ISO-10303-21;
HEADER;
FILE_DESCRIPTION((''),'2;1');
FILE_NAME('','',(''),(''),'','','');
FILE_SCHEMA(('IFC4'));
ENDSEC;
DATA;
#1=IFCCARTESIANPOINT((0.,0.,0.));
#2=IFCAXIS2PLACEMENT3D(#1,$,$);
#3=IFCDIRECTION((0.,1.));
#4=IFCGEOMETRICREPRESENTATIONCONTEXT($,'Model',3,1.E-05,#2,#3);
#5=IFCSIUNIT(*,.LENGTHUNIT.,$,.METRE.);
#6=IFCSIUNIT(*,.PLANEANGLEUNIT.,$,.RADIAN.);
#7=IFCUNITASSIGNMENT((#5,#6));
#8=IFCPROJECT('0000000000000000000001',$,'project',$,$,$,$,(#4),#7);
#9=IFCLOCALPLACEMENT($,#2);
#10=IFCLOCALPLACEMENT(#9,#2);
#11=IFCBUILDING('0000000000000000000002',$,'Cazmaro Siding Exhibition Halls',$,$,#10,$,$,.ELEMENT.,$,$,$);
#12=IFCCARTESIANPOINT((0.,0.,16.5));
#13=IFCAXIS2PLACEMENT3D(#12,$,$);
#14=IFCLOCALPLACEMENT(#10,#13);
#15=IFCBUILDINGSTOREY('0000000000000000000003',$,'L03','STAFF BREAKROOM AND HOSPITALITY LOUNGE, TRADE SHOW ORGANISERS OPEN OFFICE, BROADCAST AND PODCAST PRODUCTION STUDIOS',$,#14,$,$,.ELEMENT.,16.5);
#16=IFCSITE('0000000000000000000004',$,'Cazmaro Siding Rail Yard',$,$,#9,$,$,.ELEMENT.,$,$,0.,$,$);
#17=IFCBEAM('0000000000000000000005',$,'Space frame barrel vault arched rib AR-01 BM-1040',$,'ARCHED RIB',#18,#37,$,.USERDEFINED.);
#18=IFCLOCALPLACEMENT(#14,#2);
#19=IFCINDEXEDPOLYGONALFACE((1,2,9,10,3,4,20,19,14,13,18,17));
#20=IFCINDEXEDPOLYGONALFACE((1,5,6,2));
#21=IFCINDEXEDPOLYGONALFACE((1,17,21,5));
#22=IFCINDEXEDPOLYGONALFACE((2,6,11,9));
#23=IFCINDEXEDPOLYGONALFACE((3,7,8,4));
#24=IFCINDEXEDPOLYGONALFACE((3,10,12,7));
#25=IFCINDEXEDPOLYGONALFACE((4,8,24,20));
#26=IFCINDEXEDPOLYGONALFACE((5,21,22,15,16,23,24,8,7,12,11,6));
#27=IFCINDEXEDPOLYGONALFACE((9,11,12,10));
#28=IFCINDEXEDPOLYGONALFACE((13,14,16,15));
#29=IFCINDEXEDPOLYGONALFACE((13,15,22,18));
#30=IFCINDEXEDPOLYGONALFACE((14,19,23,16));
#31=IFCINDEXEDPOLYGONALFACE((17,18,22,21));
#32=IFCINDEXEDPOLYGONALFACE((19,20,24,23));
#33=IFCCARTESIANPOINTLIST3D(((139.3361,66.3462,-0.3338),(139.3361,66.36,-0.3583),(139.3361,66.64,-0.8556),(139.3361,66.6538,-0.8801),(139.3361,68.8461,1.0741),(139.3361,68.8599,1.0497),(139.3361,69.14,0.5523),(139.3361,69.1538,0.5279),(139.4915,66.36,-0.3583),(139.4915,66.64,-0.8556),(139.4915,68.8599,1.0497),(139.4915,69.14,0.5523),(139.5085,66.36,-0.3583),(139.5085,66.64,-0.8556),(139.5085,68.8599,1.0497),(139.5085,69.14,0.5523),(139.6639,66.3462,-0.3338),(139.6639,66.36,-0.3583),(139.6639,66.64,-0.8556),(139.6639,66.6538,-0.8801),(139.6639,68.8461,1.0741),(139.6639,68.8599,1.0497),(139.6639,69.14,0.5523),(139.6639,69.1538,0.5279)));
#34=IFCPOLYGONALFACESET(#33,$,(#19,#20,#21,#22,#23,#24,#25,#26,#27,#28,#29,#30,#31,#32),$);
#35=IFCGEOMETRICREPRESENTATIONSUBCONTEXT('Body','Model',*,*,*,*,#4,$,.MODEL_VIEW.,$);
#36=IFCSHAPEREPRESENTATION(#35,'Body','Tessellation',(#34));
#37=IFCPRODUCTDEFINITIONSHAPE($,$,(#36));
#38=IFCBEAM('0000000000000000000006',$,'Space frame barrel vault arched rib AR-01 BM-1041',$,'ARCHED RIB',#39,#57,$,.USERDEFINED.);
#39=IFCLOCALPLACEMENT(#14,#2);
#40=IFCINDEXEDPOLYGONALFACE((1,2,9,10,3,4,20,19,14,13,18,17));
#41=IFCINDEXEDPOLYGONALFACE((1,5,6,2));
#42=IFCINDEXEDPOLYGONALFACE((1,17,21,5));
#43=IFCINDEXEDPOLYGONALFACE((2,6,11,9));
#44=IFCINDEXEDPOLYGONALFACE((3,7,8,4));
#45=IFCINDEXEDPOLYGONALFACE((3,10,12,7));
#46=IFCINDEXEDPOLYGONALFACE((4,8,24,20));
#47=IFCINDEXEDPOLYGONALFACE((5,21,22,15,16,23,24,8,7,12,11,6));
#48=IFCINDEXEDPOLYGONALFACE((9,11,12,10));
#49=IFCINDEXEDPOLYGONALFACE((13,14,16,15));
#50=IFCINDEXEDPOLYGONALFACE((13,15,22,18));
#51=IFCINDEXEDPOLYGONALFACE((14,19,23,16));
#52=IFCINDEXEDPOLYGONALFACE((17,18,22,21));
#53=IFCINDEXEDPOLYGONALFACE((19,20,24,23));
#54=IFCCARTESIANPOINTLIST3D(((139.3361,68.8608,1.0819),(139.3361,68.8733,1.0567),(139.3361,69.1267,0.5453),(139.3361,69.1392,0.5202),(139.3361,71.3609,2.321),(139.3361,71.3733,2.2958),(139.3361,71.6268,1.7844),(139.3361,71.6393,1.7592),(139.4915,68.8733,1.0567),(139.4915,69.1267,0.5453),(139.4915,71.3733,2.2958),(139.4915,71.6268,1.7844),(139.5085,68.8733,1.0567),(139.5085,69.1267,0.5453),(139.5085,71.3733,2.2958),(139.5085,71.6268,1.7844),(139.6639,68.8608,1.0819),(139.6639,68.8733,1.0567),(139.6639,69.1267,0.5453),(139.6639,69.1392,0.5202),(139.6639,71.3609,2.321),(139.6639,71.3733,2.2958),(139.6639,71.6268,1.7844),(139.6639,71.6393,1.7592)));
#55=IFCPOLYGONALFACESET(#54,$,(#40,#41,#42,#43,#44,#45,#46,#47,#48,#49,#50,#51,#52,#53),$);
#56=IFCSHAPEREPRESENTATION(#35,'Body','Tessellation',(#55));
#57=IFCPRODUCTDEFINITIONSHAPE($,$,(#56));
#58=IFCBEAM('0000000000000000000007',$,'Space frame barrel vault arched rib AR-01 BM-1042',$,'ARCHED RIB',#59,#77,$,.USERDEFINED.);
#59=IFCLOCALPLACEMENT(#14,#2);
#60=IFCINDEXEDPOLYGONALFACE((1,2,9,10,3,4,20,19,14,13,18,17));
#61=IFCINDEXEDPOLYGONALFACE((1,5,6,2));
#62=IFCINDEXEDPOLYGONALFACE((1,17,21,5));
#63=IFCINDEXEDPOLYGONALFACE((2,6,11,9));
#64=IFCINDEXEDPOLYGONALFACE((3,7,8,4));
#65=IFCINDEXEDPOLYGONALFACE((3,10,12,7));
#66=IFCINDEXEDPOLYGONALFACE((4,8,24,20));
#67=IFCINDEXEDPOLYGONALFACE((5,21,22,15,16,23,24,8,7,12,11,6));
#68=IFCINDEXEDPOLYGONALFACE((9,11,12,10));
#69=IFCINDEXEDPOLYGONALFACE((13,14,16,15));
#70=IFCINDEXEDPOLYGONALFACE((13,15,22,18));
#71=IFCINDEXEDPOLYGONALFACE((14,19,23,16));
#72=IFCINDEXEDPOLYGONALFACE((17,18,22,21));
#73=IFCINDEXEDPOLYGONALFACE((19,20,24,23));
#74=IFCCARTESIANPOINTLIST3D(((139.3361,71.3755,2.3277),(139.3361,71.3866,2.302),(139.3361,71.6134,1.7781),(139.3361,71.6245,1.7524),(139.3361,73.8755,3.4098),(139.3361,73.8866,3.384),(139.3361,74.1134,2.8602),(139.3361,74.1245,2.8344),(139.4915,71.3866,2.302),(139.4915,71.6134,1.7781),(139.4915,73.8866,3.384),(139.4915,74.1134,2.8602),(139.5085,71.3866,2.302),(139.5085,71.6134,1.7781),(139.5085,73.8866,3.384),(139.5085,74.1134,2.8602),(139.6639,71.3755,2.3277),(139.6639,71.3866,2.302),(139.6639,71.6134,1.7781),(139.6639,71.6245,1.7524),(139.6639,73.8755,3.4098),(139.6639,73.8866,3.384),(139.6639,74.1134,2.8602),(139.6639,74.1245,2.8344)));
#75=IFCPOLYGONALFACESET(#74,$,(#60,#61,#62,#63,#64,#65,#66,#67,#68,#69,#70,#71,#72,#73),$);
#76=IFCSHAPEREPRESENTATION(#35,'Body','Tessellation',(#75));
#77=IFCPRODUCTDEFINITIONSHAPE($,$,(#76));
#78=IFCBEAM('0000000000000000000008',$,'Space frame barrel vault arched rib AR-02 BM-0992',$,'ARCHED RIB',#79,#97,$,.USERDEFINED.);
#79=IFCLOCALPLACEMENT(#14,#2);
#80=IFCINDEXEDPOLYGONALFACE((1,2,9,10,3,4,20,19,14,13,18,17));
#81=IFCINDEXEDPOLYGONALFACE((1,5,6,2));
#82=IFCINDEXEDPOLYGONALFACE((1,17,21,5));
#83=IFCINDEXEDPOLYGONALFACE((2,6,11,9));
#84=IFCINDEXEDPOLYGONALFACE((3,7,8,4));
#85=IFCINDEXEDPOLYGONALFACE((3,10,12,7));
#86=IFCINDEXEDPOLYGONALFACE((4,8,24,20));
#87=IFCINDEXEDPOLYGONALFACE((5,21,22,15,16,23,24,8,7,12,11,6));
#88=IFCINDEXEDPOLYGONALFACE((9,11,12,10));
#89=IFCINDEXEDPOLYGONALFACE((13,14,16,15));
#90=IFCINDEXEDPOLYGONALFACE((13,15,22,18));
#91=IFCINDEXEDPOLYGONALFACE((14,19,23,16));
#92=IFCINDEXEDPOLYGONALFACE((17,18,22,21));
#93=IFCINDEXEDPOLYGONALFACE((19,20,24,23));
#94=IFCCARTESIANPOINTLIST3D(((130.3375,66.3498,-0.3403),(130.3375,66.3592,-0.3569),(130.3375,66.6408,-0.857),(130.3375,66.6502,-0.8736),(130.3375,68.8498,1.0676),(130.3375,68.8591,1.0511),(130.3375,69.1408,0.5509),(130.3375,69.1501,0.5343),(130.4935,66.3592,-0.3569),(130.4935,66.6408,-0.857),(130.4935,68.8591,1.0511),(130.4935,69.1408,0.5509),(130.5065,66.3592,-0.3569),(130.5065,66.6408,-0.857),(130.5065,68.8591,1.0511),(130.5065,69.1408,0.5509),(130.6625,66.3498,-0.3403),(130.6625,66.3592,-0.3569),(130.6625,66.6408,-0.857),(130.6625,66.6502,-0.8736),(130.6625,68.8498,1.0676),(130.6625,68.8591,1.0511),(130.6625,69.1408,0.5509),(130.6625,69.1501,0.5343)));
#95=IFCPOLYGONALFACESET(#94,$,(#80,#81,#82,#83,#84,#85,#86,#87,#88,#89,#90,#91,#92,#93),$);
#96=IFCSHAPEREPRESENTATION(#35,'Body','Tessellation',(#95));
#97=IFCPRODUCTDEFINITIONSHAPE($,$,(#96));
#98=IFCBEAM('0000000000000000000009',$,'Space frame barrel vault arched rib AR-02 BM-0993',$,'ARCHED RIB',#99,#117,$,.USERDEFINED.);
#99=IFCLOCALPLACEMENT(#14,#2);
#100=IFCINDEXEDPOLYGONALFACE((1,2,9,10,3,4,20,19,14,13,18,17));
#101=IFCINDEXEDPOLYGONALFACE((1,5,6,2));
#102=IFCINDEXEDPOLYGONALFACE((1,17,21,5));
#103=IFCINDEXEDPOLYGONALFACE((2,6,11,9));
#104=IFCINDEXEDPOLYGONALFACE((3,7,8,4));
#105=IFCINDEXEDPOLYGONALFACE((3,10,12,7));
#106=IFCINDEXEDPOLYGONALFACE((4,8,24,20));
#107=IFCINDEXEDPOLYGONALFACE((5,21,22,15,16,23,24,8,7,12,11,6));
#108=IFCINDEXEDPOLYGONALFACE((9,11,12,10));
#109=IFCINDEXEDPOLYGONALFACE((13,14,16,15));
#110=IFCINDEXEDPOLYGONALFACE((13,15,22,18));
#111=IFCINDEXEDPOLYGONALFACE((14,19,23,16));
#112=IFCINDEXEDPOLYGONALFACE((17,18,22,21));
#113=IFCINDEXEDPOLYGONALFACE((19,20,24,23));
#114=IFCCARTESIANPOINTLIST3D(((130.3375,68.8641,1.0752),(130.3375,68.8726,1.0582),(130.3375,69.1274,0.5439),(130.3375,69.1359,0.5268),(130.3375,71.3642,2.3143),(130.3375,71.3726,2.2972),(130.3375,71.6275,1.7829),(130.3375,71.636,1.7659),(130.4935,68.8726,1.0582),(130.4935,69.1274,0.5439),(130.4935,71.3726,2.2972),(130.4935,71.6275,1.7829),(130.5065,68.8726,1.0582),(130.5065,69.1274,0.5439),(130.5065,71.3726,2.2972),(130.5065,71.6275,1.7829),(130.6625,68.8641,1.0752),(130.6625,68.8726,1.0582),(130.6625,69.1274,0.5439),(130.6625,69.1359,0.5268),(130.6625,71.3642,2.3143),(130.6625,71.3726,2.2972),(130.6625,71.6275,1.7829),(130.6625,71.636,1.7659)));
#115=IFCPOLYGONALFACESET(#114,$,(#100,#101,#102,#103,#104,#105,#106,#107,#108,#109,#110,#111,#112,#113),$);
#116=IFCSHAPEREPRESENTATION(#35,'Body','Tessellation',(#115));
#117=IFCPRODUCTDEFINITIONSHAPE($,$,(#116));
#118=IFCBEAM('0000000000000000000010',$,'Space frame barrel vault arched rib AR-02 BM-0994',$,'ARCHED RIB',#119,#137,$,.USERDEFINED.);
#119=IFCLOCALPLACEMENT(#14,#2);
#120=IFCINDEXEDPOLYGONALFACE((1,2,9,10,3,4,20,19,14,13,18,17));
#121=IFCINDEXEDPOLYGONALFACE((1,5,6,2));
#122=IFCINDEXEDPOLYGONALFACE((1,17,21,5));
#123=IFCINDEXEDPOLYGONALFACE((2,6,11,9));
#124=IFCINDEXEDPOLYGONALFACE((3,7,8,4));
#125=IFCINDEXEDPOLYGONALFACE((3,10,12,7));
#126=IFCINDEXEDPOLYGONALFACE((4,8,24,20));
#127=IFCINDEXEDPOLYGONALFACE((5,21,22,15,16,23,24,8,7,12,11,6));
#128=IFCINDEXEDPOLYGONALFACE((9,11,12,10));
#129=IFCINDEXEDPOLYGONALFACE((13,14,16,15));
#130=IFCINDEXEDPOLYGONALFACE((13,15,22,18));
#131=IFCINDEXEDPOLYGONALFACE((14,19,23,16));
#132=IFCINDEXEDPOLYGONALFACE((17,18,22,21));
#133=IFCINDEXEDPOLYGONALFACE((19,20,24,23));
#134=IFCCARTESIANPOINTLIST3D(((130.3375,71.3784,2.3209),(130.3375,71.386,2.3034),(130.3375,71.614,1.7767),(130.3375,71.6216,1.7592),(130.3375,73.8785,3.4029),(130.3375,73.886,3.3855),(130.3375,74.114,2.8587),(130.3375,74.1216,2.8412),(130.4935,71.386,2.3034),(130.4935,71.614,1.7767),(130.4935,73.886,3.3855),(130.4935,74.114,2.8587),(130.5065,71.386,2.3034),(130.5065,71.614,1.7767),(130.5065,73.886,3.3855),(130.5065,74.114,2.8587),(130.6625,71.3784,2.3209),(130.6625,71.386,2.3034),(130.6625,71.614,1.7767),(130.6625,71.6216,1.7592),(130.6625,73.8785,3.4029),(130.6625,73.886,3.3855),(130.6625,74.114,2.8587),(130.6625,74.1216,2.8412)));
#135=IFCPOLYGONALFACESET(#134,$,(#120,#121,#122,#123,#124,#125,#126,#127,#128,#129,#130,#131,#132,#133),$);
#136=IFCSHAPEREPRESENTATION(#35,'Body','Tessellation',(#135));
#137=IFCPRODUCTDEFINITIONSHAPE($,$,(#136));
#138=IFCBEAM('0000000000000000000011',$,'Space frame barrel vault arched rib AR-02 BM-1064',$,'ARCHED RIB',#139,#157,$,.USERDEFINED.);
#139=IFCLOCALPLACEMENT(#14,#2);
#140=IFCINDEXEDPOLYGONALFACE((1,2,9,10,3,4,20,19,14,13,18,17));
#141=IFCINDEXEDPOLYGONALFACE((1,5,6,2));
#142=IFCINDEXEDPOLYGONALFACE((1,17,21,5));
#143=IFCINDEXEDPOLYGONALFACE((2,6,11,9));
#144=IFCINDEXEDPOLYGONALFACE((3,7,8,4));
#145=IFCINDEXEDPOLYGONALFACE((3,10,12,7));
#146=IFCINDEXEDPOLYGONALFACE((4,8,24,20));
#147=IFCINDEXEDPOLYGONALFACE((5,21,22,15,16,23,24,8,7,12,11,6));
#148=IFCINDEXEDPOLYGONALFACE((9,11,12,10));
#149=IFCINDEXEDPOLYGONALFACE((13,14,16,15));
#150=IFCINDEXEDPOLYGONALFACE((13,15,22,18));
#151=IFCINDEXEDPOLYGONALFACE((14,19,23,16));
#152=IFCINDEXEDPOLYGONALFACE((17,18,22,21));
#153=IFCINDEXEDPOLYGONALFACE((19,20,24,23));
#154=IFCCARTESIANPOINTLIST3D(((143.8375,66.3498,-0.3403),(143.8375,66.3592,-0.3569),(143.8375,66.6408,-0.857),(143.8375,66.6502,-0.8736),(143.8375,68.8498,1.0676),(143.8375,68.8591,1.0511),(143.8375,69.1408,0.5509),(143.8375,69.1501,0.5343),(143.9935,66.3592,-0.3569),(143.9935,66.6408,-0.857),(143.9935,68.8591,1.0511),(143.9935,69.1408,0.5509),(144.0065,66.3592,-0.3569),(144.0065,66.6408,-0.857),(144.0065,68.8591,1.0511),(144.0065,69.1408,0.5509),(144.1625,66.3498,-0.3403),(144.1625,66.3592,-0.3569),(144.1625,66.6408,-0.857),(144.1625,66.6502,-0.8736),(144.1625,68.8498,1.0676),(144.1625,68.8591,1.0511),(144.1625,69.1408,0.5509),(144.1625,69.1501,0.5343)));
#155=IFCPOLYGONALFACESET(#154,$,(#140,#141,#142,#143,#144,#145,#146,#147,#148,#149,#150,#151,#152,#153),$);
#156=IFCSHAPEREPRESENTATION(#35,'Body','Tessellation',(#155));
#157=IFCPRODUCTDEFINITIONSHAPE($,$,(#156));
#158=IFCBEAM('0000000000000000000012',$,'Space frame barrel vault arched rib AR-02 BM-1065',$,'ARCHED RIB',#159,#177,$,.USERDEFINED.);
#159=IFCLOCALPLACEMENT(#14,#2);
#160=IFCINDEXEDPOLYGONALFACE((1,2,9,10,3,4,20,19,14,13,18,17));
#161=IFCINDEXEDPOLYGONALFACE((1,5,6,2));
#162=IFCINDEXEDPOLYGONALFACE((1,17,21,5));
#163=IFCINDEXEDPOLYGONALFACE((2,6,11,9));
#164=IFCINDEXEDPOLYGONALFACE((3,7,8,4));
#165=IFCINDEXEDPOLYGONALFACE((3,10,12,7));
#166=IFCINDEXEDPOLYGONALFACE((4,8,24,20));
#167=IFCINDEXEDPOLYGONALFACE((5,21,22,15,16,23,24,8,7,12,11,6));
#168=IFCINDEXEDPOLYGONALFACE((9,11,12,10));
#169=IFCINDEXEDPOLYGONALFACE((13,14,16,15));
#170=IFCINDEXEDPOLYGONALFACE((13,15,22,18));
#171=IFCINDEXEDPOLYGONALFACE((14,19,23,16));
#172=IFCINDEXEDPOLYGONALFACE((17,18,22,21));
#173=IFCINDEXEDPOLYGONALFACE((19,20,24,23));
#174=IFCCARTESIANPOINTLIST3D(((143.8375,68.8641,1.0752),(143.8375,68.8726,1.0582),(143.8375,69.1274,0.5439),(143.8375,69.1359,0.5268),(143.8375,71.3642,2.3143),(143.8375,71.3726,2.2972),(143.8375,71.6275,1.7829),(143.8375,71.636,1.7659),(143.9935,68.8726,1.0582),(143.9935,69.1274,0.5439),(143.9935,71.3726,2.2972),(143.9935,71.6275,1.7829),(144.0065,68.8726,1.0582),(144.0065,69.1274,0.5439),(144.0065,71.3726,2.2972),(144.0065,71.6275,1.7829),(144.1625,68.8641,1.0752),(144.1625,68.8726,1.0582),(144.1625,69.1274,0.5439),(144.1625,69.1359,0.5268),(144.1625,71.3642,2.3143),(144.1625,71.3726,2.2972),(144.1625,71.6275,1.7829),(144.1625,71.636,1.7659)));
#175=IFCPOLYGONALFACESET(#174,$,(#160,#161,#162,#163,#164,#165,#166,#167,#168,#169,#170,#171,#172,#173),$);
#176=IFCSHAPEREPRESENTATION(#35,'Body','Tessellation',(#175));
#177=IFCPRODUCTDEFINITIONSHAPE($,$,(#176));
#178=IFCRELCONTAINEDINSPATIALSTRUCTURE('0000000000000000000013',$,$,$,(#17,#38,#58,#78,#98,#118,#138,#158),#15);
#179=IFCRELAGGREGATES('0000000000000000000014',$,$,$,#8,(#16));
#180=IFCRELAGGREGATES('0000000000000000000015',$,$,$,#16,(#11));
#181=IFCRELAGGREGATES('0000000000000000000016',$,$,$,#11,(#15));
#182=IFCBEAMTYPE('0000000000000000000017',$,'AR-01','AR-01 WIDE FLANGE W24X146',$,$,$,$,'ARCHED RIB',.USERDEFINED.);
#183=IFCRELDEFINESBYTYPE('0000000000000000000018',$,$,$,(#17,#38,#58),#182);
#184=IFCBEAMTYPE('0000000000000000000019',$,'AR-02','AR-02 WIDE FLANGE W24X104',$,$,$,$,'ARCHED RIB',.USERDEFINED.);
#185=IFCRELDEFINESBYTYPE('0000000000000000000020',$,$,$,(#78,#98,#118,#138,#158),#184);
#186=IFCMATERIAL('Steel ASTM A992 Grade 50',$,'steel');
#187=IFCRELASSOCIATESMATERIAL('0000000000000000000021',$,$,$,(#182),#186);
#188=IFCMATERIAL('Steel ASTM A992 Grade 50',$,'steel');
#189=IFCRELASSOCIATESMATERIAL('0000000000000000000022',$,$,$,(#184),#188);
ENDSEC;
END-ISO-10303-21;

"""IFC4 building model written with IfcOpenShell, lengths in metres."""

from ifc_helpers import new_model, si_unit, direction, frame, origin, origin_2d, place, context, subcontext, project, spatial, i_section, extrude, material, material_profile, profile_set, type_object, element, save


model = new_model("IFC4")

# Units and contexts
model_context = context("Model", 3, precision=1e-05, world=origin(), true_north=direction((0.0, 1.0)))
body_context = subcontext(model_context, "Body", "Model", "MODEL_VIEW")
ifc_project = project(units=[si_unit("LENGTHUNIT", "METRE"), si_unit("PLANEANGLEUNIT", "RADIAN")], contexts=[model_context])

# Site, building, storey
site_placement = place(None, origin())
site = spatial("IfcSite", under=ifc_project, at=site_placement, Name="Cazmaro Siding Rail Yard", CompositionType="ELEMENT", RefElevation=0.0)
building_placement = place(site_placement, origin())
building = spatial("IfcBuilding", under=site, at=building_placement, Name="Cazmaro Siding Exhibition Halls", CompositionType="ELEMENT")
storey_placement = place(building_placement, frame((0.0, 0.0, 16.5)))
storey = spatial("IfcBuildingStorey", under=building, at=storey_placement, Name="L03", Description="STAFF BREAKROOM AND HOSPITALITY LOUNGE, TRADE SHOW ORGANISERS OPEN OFFICE, BROADCAST AND PODCAST PRODUCTION STUDIOS", CompositionType="ELEMENT", Elevation=16.5)

# Beams
ifc_material_1 = material(Name="Steel ASTM A992 Grade 50", Category="steel")
ifc_material_profile_1 = material_profile(ifc_material_1, i_section(OverallWidth=0.3279, OverallDepth=0.627, WebThickness=0.0171, FlangeThickness=0.0281, at=origin_2d()), Name="W24X146")
ifc_profile_set_1 = profile_set([ifc_material_profile_1], Name="Steel ASTM A992 Grade 50")
beam_type_1 = type_object("IfcBeamType", Name="AR-01", Description="AR-01 WIDE FLANGE W24X146", ElementType="ARCHED RIB", PredefinedType="USERDEFINED", material=ifc_profile_set_1)
beam_1_placement = place(storey_placement, frame((139.5, 66.5, -0.6069), z_axis=(0.0, 0.871321, 0.490714), x_axis=(-1.0, 0.0, 0.0)))
element("IfcBeam", 1, at=beam_1_placement, inside=storey, type_object=beam_type_1, Name="Space frame barrel vault arched rib AR-01 BM-1040", ObjectType="ARCHED RIB", PredefinedType="USERDEFINED", context=body_context, shape_type="SweptSolid", body=[
    extrude(i_section(OverallWidth=0.3279, OverallDepth=0.627, WebThickness=0.0171, FlangeThickness=0.0281, at=origin_2d()), origin(), (0.0, 0.0, 1.0), 2.8691),
])
beam_2_placement = place(storey_placement, frame((139.5, 69.0, 0.801), z_axis=(0.0, 0.895997, 0.444061), x_axis=(-1.0, 0.0, 0.0)))
element("IfcBeam", 2, at=beam_2_placement, inside=storey, type_object=beam_type_1, Name="Space frame barrel vault arched rib AR-01 BM-1041", ObjectType="ARCHED RIB", PredefinedType="USERDEFINED", context=body_context, shape_type="SweptSolid", body=[
    extrude(i_section(OverallWidth=0.3279, OverallDepth=0.627, WebThickness=0.0171, FlangeThickness=0.0281, at=origin_2d()), origin(), (0.0, 0.0, 1.0), 2.7903),
])
beam_3_placement = place(storey_placement, frame((139.5, 71.5, 2.04), z_axis=(0.0, 0.91773, 0.397205), x_axis=(-1.0, 0.0, 0.0)))
element("IfcBeam", 3, at=beam_3_placement, inside=storey, type_object=beam_type_1, Name="Space frame barrel vault arched rib AR-01 BM-1042", ObjectType="ARCHED RIB", PredefinedType="USERDEFINED", context=body_context, shape_type="SweptSolid", body=[
    extrude(i_section(OverallWidth=0.3279, OverallDepth=0.627, WebThickness=0.0171, FlangeThickness=0.0281, at=origin_2d()), origin(), (0.0, 0.0, 1.0), 2.7241),
])
ifc_material_2 = material(Name="Steel ASTM A992 Grade 50", Category="steel")
ifc_material_profile_2 = material_profile(ifc_material_2, i_section(OverallWidth=0.325, OverallDepth=0.6121, WebThickness=0.0129, FlangeThickness=0.019, at=origin_2d()), Name="W24X104")
ifc_profile_set_2 = profile_set([ifc_material_profile_2], Name="Steel ASTM A992 Grade 50")
beam_type_2 = type_object("IfcBeamType", Name="AR-02", Description="AR-02 WIDE FLANGE W24X104", ElementType="ARCHED RIB", PredefinedType="USERDEFINED", material=ifc_profile_set_2)
beam_4_placement = place(storey_placement, frame((130.5, 66.5, -0.6069), z_axis=(0.0, 0.871321, 0.490714), x_axis=(-1.0, 0.0, 0.0)))
element("IfcBeam", 4, at=beam_4_placement, inside=storey, type_object=beam_type_2, Name="Space frame barrel vault arched rib AR-02 BM-0992", ObjectType="ARCHED RIB", PredefinedType="USERDEFINED", context=body_context, shape_type="SweptSolid", body=[
    extrude(i_section(OverallWidth=0.325, OverallDepth=0.6121, WebThickness=0.0129, FlangeThickness=0.019, at=origin_2d()), origin(), (0.0, 0.0, 1.0), 2.8691),
])
beam_5_placement = place(storey_placement, frame((130.5, 69.0, 0.801), z_axis=(0.0, 0.895997, 0.444061), x_axis=(-1.0, 0.0, 0.0)))
element("IfcBeam", 5, at=beam_5_placement, inside=storey, type_object=beam_type_2, Name="Space frame barrel vault arched rib AR-02 BM-0993", ObjectType="ARCHED RIB", PredefinedType="USERDEFINED", context=body_context, shape_type="SweptSolid", body=[
    extrude(i_section(OverallWidth=0.325, OverallDepth=0.6121, WebThickness=0.0129, FlangeThickness=0.019, at=origin_2d()), origin(), (0.0, 0.0, 1.0), 2.7903),
])
beam_6_placement = place(storey_placement, frame((130.5, 71.5, 2.04), z_axis=(0.0, 0.91773, 0.397205), x_axis=(-1.0, 0.0, 0.0)))
element("IfcBeam", 6, at=beam_6_placement, inside=storey, type_object=beam_type_2, Name="Space frame barrel vault arched rib AR-02 BM-0994", ObjectType="ARCHED RIB", PredefinedType="USERDEFINED", context=body_context, shape_type="SweptSolid", body=[
    extrude(i_section(OverallWidth=0.325, OverallDepth=0.6121, WebThickness=0.0129, FlangeThickness=0.019, at=origin_2d()), origin(), (0.0, 0.0, 1.0), 2.7241),
])
beam_7_placement = place(storey_placement, frame((144.0, 66.5, -0.6069), z_axis=(0.0, 0.871321, 0.490714), x_axis=(-1.0, 0.0, 0.0)))
element("IfcBeam", 7, at=beam_7_placement, inside=storey, type_object=beam_type_2, Name="Space frame barrel vault arched rib AR-02 BM-1064", ObjectType="ARCHED RIB", PredefinedType="USERDEFINED", context=body_context, shape_type="SweptSolid", body=[
    extrude(i_section(OverallWidth=0.325, OverallDepth=0.6121, WebThickness=0.0129, FlangeThickness=0.019, at=origin_2d()), origin(), (0.0, 0.0, 1.0), 2.8691),
])
beam_8_placement = place(storey_placement, frame((144.0, 69.0, 0.801), z_axis=(0.0, 0.895997, 0.444061), x_axis=(-1.0, 0.0, 0.0)))
element("IfcBeam", 8, at=beam_8_placement, inside=storey, type_object=beam_type_2, Name="Space frame barrel vault arched rib AR-02 BM-1065", ObjectType="ARCHED RIB", PredefinedType="USERDEFINED", context=body_context, shape_type="SweptSolid", body=[
    extrude(i_section(OverallWidth=0.325, OverallDepth=0.6121, WebThickness=0.0129, FlangeThickness=0.019, at=origin_2d()), origin(), (0.0, 0.0, 1.0), 2.7903),
])

save(model, "model.ifc")
